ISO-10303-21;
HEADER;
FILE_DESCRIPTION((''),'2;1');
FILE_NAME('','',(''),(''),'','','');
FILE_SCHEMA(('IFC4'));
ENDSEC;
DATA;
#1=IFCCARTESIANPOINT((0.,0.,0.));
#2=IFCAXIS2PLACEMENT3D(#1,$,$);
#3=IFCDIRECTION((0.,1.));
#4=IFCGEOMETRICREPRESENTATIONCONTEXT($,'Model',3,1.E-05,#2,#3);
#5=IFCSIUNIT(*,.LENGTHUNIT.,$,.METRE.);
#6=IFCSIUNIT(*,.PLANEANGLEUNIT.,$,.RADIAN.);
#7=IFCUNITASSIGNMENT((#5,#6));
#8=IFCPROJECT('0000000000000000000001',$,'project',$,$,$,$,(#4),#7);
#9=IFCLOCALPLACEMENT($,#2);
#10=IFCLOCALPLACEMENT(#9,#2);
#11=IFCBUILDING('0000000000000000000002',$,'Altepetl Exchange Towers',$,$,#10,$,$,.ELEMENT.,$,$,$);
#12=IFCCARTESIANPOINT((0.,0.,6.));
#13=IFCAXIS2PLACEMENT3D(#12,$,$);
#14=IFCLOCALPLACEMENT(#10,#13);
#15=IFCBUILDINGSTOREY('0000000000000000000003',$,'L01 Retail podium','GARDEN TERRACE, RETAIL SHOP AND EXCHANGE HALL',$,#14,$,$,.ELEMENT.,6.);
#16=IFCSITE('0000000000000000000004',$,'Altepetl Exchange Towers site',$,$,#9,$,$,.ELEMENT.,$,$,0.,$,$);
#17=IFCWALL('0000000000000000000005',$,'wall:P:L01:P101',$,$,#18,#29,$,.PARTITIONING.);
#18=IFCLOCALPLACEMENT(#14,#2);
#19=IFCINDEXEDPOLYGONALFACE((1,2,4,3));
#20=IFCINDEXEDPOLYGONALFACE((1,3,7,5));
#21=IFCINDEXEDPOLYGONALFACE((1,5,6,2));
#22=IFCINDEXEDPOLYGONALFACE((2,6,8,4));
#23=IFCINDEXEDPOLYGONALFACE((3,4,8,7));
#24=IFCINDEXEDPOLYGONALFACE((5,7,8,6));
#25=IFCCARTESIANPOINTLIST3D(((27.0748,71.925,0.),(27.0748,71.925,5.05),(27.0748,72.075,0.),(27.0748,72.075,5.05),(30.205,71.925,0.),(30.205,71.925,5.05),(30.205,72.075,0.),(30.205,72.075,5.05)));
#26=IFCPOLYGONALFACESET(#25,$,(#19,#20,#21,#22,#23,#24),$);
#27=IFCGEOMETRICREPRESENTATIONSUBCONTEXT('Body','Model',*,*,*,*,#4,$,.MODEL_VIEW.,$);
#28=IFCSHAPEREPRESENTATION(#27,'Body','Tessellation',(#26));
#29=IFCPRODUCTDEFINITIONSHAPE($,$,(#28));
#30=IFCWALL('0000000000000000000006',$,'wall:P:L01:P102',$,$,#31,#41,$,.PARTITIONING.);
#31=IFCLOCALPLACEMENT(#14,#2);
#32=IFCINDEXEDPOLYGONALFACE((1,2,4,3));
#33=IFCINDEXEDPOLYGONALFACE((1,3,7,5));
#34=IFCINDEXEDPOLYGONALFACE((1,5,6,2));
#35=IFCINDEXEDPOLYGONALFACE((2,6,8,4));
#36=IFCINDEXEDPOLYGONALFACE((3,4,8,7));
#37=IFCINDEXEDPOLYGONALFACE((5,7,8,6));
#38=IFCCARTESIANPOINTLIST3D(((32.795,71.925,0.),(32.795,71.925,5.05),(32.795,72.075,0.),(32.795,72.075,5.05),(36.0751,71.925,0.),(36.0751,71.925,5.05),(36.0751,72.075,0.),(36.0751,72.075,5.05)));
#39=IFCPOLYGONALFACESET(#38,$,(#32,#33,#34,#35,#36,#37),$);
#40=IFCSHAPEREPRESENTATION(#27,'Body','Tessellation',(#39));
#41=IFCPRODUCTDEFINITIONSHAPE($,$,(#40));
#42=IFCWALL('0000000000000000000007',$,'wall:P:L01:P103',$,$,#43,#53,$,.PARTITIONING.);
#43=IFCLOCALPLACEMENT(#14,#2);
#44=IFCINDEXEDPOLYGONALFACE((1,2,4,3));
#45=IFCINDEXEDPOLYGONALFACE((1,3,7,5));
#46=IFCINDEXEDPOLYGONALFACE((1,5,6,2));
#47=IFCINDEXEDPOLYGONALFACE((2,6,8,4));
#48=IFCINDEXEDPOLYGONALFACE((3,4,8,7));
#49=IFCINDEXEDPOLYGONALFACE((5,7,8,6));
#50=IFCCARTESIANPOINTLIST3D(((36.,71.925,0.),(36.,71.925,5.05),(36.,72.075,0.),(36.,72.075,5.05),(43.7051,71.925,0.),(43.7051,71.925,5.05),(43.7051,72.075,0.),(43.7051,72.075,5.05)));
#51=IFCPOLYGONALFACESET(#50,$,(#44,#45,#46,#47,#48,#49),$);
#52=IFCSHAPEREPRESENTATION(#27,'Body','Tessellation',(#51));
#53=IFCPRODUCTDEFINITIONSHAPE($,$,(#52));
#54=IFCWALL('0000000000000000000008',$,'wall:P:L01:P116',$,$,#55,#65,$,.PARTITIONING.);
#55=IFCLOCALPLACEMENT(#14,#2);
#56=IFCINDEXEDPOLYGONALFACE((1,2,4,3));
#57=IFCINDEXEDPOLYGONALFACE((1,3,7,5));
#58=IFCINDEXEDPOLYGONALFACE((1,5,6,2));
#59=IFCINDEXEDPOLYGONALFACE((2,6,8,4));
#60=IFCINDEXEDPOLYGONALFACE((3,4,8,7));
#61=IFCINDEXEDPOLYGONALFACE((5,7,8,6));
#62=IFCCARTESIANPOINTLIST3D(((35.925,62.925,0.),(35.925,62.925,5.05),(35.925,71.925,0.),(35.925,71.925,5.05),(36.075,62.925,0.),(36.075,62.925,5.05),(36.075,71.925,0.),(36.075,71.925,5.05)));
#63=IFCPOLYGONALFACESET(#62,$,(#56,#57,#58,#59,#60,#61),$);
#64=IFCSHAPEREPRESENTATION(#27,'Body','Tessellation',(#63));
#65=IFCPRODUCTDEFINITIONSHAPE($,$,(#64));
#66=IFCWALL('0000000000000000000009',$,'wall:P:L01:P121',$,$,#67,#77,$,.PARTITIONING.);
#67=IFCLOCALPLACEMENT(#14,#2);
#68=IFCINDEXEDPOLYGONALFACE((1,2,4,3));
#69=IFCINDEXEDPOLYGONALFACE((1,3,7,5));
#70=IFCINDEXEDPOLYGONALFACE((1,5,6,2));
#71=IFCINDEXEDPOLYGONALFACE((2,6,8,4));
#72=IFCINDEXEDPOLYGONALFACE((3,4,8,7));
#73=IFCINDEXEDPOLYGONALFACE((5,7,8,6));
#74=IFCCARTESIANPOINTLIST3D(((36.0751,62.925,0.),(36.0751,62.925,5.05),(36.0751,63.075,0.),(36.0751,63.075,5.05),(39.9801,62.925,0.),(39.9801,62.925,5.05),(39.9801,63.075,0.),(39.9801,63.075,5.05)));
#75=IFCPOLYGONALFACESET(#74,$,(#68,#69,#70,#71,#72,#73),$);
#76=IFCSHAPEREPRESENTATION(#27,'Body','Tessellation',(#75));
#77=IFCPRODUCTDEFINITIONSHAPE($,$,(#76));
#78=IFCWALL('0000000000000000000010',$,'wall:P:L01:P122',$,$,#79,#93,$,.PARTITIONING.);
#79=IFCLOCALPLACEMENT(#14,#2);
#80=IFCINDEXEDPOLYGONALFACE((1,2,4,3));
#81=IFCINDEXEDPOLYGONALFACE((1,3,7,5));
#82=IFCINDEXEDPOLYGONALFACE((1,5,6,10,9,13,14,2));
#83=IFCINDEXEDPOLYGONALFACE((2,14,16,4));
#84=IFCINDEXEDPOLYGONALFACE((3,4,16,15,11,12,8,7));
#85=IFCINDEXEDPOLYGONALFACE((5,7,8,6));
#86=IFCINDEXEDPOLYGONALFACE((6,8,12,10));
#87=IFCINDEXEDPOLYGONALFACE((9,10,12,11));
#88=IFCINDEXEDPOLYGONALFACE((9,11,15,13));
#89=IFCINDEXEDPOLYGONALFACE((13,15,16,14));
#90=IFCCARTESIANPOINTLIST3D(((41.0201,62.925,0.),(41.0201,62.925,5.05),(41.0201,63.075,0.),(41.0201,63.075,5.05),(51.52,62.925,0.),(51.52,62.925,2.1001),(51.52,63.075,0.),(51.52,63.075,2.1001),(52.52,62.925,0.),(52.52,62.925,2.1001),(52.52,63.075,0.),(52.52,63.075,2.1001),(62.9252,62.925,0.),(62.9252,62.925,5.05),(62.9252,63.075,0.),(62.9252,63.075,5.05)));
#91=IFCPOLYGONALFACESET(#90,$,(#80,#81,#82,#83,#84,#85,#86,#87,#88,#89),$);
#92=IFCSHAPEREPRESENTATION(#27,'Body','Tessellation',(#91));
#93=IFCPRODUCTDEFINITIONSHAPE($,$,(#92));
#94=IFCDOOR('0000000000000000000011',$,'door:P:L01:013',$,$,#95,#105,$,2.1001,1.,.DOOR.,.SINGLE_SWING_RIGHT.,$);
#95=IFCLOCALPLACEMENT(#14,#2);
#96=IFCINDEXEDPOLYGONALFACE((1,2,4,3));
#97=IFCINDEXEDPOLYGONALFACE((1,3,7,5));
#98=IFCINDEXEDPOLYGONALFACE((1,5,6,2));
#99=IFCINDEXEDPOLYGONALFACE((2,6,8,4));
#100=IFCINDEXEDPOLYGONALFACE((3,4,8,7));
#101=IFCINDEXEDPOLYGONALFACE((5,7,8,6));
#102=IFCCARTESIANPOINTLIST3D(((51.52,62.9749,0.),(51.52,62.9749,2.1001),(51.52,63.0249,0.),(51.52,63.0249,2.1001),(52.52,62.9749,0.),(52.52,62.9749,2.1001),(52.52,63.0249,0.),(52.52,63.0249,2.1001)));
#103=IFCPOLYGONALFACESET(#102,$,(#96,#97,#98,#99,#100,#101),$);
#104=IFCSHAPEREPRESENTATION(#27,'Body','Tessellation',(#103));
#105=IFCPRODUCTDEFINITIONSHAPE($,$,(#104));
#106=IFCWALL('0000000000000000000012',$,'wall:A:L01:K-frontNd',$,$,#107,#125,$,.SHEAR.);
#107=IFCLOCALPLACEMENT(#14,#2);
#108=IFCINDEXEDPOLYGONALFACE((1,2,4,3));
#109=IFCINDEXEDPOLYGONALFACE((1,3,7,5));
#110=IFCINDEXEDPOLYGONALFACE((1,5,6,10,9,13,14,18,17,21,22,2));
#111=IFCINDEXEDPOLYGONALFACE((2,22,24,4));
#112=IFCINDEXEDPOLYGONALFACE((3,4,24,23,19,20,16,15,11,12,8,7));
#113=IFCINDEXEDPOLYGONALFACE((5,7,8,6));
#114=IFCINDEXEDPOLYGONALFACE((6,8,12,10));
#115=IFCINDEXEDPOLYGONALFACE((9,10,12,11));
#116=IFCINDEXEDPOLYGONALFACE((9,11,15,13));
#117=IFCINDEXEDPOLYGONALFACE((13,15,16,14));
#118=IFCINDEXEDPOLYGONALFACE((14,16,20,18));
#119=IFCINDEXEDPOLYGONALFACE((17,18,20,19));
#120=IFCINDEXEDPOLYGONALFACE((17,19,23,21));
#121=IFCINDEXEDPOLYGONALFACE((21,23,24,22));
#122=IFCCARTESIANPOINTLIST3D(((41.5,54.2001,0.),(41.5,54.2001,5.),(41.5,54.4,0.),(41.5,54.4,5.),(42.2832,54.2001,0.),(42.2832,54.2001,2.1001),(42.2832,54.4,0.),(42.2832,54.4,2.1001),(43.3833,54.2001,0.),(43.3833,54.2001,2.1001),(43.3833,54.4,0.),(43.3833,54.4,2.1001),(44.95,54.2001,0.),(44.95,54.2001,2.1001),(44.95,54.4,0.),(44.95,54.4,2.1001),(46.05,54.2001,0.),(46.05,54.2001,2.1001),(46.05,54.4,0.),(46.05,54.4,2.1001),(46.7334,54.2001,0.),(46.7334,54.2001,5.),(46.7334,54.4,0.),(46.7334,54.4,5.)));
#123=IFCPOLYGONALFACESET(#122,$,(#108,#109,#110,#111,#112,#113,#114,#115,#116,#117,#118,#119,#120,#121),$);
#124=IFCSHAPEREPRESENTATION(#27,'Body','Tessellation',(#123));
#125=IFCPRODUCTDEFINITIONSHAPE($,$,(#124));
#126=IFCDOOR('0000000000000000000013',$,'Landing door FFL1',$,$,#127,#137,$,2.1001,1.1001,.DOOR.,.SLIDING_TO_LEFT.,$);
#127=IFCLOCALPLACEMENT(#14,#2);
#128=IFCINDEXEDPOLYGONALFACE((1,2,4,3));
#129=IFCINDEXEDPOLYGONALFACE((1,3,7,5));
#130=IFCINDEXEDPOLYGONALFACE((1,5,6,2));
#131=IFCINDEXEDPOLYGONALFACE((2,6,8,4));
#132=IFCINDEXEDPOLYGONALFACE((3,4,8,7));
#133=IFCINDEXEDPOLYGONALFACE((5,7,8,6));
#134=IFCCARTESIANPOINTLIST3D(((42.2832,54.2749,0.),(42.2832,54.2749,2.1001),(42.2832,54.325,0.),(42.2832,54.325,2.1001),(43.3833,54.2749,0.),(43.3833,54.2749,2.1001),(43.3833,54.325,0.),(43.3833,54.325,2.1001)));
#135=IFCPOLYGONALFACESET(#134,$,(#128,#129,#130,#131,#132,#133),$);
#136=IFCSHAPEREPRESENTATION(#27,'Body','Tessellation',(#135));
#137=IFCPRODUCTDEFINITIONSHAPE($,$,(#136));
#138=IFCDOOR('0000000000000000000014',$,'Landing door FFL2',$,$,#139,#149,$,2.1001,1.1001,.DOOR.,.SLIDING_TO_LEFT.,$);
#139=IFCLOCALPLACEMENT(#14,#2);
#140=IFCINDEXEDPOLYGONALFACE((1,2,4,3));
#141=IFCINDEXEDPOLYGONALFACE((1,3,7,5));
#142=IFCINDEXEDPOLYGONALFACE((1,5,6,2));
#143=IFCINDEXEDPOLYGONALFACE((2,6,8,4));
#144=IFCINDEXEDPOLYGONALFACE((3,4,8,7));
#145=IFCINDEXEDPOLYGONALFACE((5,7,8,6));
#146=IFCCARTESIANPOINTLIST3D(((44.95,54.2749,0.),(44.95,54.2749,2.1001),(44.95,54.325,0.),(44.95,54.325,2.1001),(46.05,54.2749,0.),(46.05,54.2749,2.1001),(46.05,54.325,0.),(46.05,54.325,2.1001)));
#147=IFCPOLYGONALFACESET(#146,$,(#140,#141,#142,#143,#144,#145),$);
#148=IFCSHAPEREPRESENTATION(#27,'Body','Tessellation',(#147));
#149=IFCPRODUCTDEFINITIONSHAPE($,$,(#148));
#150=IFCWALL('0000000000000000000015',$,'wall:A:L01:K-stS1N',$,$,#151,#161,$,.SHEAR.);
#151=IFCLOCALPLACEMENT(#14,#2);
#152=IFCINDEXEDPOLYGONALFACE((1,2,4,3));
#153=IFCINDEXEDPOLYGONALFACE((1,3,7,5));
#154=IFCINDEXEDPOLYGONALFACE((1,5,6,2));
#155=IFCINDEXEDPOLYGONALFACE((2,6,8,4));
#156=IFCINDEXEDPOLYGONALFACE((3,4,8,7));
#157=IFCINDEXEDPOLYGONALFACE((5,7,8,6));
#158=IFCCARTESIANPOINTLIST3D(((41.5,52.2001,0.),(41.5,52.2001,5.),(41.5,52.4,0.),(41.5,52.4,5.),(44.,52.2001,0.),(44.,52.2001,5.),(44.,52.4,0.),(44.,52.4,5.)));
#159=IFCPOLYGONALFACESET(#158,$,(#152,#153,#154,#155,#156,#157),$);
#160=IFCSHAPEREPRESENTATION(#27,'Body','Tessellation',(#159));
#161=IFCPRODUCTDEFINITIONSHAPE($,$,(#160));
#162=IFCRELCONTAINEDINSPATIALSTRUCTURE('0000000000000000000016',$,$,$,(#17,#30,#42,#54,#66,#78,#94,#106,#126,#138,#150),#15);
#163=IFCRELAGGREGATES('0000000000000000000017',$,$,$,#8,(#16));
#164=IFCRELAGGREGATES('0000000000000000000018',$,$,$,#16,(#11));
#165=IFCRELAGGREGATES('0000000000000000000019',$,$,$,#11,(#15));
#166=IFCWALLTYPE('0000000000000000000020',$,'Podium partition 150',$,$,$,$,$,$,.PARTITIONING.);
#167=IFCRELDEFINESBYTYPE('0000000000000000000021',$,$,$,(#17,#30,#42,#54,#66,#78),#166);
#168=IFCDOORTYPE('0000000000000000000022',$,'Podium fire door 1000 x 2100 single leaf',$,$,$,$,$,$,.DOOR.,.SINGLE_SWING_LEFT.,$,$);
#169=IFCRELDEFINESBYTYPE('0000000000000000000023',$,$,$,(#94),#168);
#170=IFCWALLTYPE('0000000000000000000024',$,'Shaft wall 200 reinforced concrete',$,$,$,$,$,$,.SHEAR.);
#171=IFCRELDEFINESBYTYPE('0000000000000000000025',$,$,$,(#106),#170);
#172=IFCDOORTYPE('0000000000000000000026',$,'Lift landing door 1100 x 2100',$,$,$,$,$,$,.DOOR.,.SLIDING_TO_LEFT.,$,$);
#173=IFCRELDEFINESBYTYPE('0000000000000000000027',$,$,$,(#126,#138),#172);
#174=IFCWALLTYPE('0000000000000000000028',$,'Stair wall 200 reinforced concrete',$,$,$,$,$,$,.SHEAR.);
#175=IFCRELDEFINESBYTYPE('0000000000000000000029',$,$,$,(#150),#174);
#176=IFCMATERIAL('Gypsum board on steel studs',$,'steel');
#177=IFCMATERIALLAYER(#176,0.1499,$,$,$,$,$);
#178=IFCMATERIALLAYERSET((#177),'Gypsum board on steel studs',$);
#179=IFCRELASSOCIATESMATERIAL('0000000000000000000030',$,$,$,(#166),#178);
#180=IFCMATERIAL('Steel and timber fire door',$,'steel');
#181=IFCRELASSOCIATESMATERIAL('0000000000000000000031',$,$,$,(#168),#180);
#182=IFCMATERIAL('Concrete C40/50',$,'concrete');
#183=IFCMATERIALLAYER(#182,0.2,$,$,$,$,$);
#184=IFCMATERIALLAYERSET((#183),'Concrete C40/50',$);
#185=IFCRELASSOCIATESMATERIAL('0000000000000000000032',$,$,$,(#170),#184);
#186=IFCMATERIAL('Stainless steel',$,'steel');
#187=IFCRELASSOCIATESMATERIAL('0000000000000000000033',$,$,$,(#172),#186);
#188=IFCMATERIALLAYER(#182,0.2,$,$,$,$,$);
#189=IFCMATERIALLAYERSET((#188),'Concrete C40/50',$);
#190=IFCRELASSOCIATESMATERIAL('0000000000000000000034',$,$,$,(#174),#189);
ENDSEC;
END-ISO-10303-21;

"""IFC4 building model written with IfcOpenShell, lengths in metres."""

from ifc_helpers import new_model, si_unit, direction, frame, frame_2d, origin, place, context, subcontext, project, spatial, rectangle, extrude, material, layer, layer_set, type_object, element, fill, save


model = new_model("IFC4")

# Units and contexts
model_context = context("Model", 3, precision=1e-05, world=origin(), true_north=direction((0.0, 1.0)))
body_context = subcontext(model_context, "Body", "Model", "MODEL_VIEW")
ifc_project = project(units=[si_unit("LENGTHUNIT", "METRE"), si_unit("PLANEANGLEUNIT", "RADIAN")], contexts=[model_context])

# Site, building, storey
site_placement = place(None, origin())
site = spatial("IfcSite", under=ifc_project, at=site_placement, Name="Altepetl Exchange Towers site", CompositionType="ELEMENT", RefElevation=0.0)
building_placement = place(site_placement, origin())
building = spatial("IfcBuilding", under=site, at=building_placement, Name="Altepetl Exchange Towers", CompositionType="ELEMENT")
storey_placement = place(building_placement, frame((0.0, 0.0, 6.0)))
storey = spatial("IfcBuildingStorey", under=building, at=storey_placement, Name="L01 Retail podium", Description="GARDEN TERRACE, RETAIL SHOP AND EXCHANGE HALL", CompositionType="ELEMENT", Elevation=6.0)

# Shared definitions
ifc_material_1 = material(Name="Gypsum board on steel studs", Category="steel")
ifc_layer_1 = layer(ifc_material_1, 0.1499)
ifc_layer_set_1 = layer_set([ifc_layer_1], Name="Gypsum board on steel studs")
wall_type_1 = type_object("IfcWallType", Name="Podium partition 150", PredefinedType="PARTITIONING", material=ifc_layer_set_1)
ifc_material_2 = material(Name="Steel and timber fire door", Category="steel")
door_type_1 = type_object("IfcDoorType", Name="Podium fire door 1000 x 2100 single leaf", OperationType="SINGLE_SWING_LEFT", PredefinedType="DOOR", material=ifc_material_2)

# Walls
wall_1_placement = place(storey_placement, frame((27.075, 72.0, 0.0)))
element("IfcWall", 1, at=wall_1_placement, inside=storey, type_object=wall_type_1, Name="wall:P:L01:P101", PredefinedType="PARTITIONING", context=body_context, shape_type="SweptSolid", body=[
    extrude(rectangle(XDim=3.1301, YDim=0.1499, at=frame_2d((1.5649, 0.0))), origin(), (0.0, 0.0, 1.0), 5.05),
])
wall_2_placement = place(storey_placement, frame((32.7949, 72.0, 0.0)))
element("IfcWall", 2, at=wall_2_placement, inside=storey, type_object=wall_type_1, Name="wall:P:L01:P102", PredefinedType="PARTITIONING", context=body_context, shape_type="SweptSolid", body=[
    extrude(rectangle(XDim=3.28, YDim=0.1499, at=frame_2d((1.6401, 0.0))), origin(), (0.0, 0.0, 1.0), 5.05),
])
wall_3_placement = place(storey_placement, frame((36.0, 72.0, 0.0)))
element("IfcWall", 3, at=wall_3_placement, inside=storey, type_object=wall_type_1, Name="wall:P:L01:P103", PredefinedType="PARTITIONING", context=body_context, shape_type="SweptSolid", body=[
    extrude(rectangle(XDim=7.7051, YDim=0.1499, at=frame_2d((3.8525, 0.0))), origin(), (0.0, 0.0, 1.0), 5.05),
])
wall_4_placement = place(storey_placement, frame((36.0, 62.925, 0.0), z_axis=(0.0, 0.0, 1.0), x_axis=(0.0, 1.0, 0.0)))
element("IfcWall", 4, at=wall_4_placement, inside=storey, type_object=wall_type_1, Name="wall:P:L01:P116", PredefinedType="PARTITIONING", context=body_context, shape_type="SweptSolid", body=[
    extrude(rectangle(XDim=9.0, YDim=0.1499, at=frame_2d((4.5, 0.0))), origin(), (0.0, 0.0, 1.0), 5.05),
])
wall_5_placement = place(storey_placement, frame((36.075, 63.0, 0.0)))
element("IfcWall", 5, at=wall_5_placement, inside=storey, type_object=wall_type_1, Name="wall:P:L01:P121", PredefinedType="PARTITIONING", context=body_context, shape_type="SweptSolid", body=[
    extrude(rectangle(XDim=3.905, YDim=0.1499, at=frame_2d((1.9526, 0.0))), origin(), (0.0, 0.0, 1.0), 5.05),
])

# Wall, opening, door
wall_6_placement = place(storey_placement, frame((41.02, 63.0, 0.0)))
wall_6 = element("IfcWall", 6, at=wall_6_placement, inside=storey, type_object=wall_type_1, Name="wall:P:L01:P122", PredefinedType="PARTITIONING", context=body_context, shape_type="SweptSolid", body=[
    extrude(rectangle(XDim=21.905, YDim=0.1499, at=frame_2d((10.9526, 0.0))), origin(), (0.0, 0.0, 1.0), 5.05),
])
opening_1_placement = place(wall_6_placement, frame((10.5, 0.0, 0.0)))
opening_1 = element("IfcOpeningElement", 7, at=opening_1_placement, cuts=wall_6, PredefinedType="OPENING", context=body_context, shape_type="SweptSolid", body=[
    extrude(rectangle(XDim=1.0, YDim=2.1001, at=frame_2d((0.5, 1.05))), frame((0.0, 0.085, 0.0), z_axis=(0.0, -1.0, 0.0), x_axis=(1.0, 0.0, 0.0)), (0.0, 0.0, 1.0), 0.1699),
])
door_1_placement = place(opening_1_placement, origin())
door_1 = element("IfcDoor", 8, at=door_1_placement, inside=storey, type_object=door_type_1, Name="door:P:L01:013", OperationType="SINGLE_SWING_RIGHT", OverallHeight=2.1001, OverallWidth=1.0, PredefinedType="DOOR", context=body_context, shape_type="SweptSolid", body=[
    extrude(rectangle(XDim=1.0, YDim=2.1001, at=frame_2d((0.5, 1.05))), frame((0.0, 0.0249, 0.0), z_axis=(0.0, -1.0, 0.0), x_axis=(1.0, 0.0, 0.0)), (0.0, 0.0, 1.0), 0.05),
])
fill(opening_1, door_1)

# Wall, openings, doors
ifc_material_3 = material(Name="Concrete C40/50", Category="concrete")
ifc_layer_2 = layer(ifc_material_3, 0.2)
ifc_layer_set_2 = layer_set([ifc_layer_2], Name="Concrete C40/50")
wall_type_2 = type_object("IfcWallType", Name="Shaft wall 200 reinforced concrete", PredefinedType="SHEAR", material=ifc_layer_set_2)
wall_7_placement = place(storey_placement, frame((41.5, 54.3, 0.0)))
wall_7 = element("IfcWall", 9, at=wall_7_placement, inside=storey, type_object=wall_type_2, Name="wall:A:L01:K-frontNd", PredefinedType="SHEAR", context=body_context, shape_type="SweptSolid", body=[
    extrude(rectangle(XDim=5.2334, YDim=0.2, at=frame_2d((2.6167, 0.0))), origin(), (0.0, 0.0, 1.0), 5.0),
])
opening_2_placement = place(wall_7_placement, frame((0.7832, 0.0, 0.0)))
opening_2 = element("IfcOpeningElement", 10, at=opening_2_placement, cuts=wall_7, PredefinedType="OPENING", context=body_context, shape_type="SweptSolid", body=[
    extrude(rectangle(XDim=1.1001, YDim=2.1001, at=frame_2d((0.55, 1.05))), frame((0.0, 0.1099, 0.0), z_axis=(0.0, -1.0, 0.0), x_axis=(1.0, 0.0, 0.0)), (0.0, 0.0, 1.0), 0.22),
])
opening_3_placement = place(wall_7_placement, frame((3.45, 0.0, 0.0)))
opening_3 = element("IfcOpeningElement", 11, at=opening_3_placement, cuts=wall_7, PredefinedType="OPENING", context=body_context, shape_type="SweptSolid", body=[
    extrude(rectangle(XDim=1.1001, YDim=2.1001, at=frame_2d((0.55, 1.05))), frame((0.0, 0.1099, 0.0), z_axis=(0.0, -1.0, 0.0), x_axis=(1.0, 0.0, 0.0)), (0.0, 0.0, 1.0), 0.22),
])
ifc_material_4 = material(Name="Stainless steel", Category="steel")
door_type_2 = type_object("IfcDoorType", Name="Lift landing door 1100 x 2100", OperationType="SLIDING_TO_LEFT", PredefinedType="DOOR", material=ifc_material_4)
door_2_placement = place(opening_2_placement, origin())
door_2 = element("IfcDoor", 12, at=door_2_placement, inside=storey, type_object=door_type_2, Name="Landing door FFL1", OperationType="SLIDING_TO_LEFT", OverallHeight=2.1001, OverallWidth=1.1001, PredefinedType="DOOR", context=body_context, shape_type="SweptSolid", body=[
    extrude(rectangle(XDim=1.1001, YDim=2.1001, at=frame_2d((0.55, 1.05))), frame((0.0, 0.0249, 0.0), z_axis=(0.0, -1.0, 0.0), x_axis=(1.0, 0.0, 0.0)), (0.0, 0.0, 1.0), 0.05),
])
fill(opening_2, door_2)
door_3_placement = place(opening_3_placement, origin())
door_3 = element("IfcDoor", 13, at=door_3_placement, inside=storey, type_object=door_type_2, Name="Landing door FFL2", OperationType="SLIDING_TO_LEFT", OverallHeight=2.1001, OverallWidth=1.1001, PredefinedType="DOOR", context=body_context, shape_type="SweptSolid", body=[
    extrude(rectangle(XDim=1.1001, YDim=2.1001, at=frame_2d((0.55, 1.05))), frame((0.0, 0.0249, 0.0), z_axis=(0.0, -1.0, 0.0), x_axis=(1.0, 0.0, 0.0)), (0.0, 0.0, 1.0), 0.05),
])
fill(opening_3, door_3)

# Wall
ifc_layer_3 = layer(ifc_material_3, 0.2)
ifc_layer_set_3 = layer_set([ifc_layer_3], Name="Concrete C40/50")
wall_type_3 = type_object("IfcWallType", Name="Stair wall 200 reinforced concrete", PredefinedType="SHEAR", material=ifc_layer_set_3)
wall_8_placement = place(storey_placement, frame((41.5, 52.3, 0.0)))
element("IfcWall", 14, at=wall_8_placement, inside=storey, type_object=wall_type_3, Name="wall:A:L01:K-stS1N", PredefinedType="SHEAR", context=body_context, shape_type="SweptSolid", body=[
    extrude(rectangle(XDim=2.5, YDim=0.2, at=frame_2d((1.25, 0.0))), origin(), (0.0, 0.0, 1.0), 5.0),
])

save(model, "model.ifc")
